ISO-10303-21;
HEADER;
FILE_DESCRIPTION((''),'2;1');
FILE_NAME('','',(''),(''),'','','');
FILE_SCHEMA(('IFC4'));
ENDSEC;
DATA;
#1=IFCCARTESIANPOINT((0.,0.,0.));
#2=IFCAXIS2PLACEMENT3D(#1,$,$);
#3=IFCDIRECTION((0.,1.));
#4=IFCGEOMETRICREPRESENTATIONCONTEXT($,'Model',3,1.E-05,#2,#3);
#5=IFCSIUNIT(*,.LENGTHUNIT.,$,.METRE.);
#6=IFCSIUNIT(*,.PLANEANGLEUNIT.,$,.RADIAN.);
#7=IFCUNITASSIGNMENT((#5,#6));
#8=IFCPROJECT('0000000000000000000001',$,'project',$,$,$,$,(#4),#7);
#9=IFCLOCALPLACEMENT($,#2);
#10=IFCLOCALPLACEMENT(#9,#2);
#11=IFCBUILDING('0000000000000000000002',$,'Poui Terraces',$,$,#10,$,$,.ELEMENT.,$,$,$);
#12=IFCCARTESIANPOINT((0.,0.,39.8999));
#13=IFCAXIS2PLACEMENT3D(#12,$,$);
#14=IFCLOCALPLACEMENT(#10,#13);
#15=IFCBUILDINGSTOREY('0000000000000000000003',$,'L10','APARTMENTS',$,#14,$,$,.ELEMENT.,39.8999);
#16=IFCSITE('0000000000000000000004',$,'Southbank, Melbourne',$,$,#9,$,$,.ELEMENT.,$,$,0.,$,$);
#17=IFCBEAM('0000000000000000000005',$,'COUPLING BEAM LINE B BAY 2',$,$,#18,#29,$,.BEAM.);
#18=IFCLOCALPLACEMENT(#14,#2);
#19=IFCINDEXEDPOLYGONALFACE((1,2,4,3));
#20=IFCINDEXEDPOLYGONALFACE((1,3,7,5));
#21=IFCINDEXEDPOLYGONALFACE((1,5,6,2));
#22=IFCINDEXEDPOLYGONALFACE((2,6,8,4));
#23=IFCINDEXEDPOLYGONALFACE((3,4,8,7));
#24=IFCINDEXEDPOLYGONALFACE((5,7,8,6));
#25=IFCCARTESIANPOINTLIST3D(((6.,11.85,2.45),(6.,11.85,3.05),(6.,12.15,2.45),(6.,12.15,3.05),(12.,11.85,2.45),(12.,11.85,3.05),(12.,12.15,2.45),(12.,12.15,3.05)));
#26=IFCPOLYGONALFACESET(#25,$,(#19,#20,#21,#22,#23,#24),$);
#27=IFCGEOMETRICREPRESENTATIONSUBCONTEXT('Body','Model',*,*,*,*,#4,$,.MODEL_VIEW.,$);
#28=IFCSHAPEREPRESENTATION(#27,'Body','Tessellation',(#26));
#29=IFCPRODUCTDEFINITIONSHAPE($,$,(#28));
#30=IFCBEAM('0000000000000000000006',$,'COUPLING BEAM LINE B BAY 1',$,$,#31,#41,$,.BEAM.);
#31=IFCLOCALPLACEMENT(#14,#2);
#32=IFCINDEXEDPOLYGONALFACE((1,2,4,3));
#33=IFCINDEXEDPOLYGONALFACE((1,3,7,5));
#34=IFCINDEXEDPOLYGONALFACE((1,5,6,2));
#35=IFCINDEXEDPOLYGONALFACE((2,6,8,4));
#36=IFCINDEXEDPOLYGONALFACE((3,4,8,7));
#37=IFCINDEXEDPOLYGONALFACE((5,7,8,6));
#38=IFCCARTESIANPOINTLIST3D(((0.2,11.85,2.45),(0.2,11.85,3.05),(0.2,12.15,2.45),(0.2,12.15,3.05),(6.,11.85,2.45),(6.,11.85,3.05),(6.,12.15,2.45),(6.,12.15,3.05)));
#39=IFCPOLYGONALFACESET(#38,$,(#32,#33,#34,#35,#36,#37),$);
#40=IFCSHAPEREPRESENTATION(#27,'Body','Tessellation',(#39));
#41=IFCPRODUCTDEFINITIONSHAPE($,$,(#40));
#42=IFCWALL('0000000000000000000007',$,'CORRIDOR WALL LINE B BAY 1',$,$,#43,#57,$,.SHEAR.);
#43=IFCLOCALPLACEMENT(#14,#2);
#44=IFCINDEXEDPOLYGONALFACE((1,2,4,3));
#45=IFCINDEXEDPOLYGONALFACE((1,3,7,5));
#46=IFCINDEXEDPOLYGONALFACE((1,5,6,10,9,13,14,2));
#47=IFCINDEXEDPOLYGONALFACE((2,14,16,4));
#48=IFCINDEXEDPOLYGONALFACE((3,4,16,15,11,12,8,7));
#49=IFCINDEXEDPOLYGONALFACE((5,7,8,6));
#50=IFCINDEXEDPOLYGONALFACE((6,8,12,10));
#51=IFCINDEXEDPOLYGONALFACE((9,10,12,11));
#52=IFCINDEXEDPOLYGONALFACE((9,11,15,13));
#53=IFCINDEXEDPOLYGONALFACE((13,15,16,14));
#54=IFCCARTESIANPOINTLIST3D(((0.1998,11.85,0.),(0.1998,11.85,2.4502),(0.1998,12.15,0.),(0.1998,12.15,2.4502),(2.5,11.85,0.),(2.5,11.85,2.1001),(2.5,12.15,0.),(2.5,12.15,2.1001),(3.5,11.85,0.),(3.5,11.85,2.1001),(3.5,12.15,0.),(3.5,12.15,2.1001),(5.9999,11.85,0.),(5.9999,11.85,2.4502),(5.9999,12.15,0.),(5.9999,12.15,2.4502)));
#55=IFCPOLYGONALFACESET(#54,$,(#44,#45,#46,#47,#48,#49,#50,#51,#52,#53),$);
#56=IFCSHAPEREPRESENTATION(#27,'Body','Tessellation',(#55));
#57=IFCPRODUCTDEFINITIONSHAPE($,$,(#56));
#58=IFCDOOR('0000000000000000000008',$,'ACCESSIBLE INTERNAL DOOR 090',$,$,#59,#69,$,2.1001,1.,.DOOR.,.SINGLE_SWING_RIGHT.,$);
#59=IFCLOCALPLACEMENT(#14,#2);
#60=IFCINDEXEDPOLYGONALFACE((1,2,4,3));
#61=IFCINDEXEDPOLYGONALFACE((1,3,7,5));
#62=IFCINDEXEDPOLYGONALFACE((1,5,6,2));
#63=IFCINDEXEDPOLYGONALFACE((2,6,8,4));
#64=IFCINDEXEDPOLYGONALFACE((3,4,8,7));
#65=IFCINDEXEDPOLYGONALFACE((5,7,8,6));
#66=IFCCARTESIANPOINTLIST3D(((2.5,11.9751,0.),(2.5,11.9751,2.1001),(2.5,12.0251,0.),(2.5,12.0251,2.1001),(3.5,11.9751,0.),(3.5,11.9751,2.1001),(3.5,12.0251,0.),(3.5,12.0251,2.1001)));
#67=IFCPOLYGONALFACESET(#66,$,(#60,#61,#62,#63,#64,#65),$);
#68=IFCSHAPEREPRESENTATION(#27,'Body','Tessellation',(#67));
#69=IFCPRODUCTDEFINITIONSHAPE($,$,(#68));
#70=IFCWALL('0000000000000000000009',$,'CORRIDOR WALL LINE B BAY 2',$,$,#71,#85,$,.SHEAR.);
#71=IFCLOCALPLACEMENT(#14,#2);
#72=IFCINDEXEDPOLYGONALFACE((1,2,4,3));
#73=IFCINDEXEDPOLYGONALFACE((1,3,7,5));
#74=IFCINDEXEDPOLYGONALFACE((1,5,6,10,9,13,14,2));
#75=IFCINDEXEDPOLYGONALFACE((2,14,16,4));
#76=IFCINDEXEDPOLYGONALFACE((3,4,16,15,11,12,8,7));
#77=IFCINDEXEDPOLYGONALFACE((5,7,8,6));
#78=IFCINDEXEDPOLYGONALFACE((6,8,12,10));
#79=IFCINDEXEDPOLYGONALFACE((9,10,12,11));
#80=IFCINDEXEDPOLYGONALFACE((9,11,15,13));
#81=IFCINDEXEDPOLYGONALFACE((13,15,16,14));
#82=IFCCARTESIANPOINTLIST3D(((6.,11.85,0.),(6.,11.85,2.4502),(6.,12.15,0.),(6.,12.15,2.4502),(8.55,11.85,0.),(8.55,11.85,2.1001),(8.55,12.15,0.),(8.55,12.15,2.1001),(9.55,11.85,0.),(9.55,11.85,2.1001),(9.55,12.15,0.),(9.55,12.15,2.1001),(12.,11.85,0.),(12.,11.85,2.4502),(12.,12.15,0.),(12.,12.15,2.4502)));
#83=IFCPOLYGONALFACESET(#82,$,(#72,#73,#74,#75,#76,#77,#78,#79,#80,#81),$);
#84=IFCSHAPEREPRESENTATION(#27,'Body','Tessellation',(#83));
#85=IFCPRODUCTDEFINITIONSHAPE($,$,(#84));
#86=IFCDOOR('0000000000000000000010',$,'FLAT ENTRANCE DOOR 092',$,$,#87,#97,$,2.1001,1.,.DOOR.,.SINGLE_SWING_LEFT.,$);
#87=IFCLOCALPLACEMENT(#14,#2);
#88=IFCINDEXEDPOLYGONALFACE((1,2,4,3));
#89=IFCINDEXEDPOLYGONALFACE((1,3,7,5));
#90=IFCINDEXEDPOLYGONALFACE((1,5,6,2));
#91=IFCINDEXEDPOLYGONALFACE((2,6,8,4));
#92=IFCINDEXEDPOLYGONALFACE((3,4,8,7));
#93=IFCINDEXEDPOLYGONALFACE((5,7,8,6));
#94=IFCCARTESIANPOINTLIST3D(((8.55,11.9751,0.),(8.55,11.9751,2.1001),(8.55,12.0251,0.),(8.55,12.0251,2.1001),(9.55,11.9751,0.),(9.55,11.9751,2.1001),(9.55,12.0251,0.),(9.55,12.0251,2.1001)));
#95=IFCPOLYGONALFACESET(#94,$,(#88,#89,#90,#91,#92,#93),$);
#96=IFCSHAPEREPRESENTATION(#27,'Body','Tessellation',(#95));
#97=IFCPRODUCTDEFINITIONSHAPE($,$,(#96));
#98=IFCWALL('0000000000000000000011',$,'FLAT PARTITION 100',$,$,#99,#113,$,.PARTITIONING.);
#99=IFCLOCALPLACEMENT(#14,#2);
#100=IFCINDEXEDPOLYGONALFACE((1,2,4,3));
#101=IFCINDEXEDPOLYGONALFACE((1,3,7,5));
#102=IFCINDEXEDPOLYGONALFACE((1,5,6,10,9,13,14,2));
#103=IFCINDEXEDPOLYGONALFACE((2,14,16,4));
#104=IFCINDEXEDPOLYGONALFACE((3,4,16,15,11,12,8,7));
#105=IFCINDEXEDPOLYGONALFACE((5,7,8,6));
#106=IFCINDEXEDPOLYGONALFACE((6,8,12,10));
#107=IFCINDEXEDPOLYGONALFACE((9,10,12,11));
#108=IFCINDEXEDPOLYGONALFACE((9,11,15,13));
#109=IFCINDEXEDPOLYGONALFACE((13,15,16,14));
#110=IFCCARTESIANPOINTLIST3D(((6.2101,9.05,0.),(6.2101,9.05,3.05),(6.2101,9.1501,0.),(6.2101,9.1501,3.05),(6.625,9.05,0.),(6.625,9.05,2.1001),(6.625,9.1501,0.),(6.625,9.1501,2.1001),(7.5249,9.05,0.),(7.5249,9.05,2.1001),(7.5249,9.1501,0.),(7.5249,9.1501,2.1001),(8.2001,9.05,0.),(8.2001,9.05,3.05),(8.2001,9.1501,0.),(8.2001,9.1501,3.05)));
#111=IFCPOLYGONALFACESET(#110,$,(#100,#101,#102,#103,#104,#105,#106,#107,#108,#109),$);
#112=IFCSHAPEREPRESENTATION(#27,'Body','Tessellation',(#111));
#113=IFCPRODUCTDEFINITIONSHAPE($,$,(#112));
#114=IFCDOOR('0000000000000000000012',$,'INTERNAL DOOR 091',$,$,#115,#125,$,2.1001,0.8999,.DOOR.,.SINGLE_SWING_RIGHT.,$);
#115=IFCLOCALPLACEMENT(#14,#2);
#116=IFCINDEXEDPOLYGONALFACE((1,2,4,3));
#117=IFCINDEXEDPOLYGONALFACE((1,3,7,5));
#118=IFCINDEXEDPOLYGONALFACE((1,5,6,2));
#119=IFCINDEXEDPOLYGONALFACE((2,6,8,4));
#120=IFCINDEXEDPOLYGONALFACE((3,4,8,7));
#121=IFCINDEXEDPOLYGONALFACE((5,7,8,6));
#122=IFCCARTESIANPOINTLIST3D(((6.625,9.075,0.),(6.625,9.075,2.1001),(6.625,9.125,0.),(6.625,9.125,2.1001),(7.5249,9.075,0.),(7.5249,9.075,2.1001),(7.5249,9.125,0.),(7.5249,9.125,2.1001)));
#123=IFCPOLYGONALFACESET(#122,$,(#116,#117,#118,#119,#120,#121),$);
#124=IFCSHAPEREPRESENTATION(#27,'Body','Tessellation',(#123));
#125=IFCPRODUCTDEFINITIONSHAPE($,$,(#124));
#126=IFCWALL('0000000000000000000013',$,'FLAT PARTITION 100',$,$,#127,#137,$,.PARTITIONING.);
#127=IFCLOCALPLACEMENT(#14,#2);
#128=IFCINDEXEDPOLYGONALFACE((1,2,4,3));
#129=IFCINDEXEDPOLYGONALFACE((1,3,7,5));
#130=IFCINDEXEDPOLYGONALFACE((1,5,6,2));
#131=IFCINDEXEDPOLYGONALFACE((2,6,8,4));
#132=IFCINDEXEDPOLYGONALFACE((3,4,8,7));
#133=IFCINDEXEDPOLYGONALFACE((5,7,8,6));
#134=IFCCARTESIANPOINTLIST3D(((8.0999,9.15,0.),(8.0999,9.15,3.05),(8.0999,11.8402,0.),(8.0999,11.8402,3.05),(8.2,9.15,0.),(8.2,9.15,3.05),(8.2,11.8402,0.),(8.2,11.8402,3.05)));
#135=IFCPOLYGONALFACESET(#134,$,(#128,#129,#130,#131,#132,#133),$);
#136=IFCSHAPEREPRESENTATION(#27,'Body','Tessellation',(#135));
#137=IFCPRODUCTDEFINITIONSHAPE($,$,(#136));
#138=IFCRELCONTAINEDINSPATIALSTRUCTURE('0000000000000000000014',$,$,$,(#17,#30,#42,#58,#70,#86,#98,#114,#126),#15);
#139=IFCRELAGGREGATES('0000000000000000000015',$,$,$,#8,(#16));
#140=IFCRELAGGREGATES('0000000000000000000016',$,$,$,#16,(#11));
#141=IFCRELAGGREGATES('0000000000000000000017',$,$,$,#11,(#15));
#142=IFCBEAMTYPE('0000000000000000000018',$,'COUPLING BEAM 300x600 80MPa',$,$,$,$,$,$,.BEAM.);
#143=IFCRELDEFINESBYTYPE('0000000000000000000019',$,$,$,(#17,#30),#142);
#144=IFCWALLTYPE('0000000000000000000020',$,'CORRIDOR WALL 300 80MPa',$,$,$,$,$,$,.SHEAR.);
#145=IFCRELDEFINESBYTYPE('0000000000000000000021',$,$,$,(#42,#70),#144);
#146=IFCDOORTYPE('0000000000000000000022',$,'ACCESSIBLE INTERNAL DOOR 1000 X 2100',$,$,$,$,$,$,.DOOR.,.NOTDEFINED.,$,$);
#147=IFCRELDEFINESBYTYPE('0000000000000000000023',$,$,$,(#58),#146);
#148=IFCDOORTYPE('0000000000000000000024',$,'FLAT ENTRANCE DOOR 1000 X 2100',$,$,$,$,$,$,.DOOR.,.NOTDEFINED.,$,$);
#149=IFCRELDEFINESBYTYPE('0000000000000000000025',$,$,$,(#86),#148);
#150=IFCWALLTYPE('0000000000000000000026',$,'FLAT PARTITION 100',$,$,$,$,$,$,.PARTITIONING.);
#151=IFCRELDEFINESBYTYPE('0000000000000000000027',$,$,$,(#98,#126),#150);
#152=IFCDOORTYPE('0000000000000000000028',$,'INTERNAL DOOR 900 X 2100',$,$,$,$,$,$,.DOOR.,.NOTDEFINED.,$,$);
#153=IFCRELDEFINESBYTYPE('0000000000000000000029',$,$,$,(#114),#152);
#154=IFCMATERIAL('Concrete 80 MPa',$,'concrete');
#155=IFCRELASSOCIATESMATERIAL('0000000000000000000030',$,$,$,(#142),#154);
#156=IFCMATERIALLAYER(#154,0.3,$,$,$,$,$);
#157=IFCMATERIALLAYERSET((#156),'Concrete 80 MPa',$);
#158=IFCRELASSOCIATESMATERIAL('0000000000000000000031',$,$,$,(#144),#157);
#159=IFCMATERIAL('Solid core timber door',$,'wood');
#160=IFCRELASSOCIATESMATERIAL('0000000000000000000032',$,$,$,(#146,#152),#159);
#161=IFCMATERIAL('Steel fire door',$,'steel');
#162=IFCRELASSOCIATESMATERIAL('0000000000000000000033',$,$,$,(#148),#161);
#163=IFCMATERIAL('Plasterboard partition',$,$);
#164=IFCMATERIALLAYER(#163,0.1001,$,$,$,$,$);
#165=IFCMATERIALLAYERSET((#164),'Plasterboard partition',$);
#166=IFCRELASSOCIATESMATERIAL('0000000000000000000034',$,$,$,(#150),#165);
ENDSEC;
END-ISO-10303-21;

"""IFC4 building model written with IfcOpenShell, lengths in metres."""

from ifc_helpers import new_model, si_unit, direction, frame, frame_2d, origin, origin_2d, place, context, subcontext, project, spatial, rectangle, extrude, source, transform, mapped, material, layer, layer_set, material_profile, profile_set, type_object, element, fill, save


model = new_model("IFC4")

# Units and contexts
model_context = context("Model", 3, precision=1e-05, world=origin(), true_north=direction((0.0, 1.0)))
body_context = subcontext(model_context, "Body", "Model", "MODEL_VIEW")
ifc_project = project(units=[si_unit("LENGTHUNIT", "METRE"), si_unit("PLANEANGLEUNIT", "RADIAN")], contexts=[model_context])

# Site, building, storey
site_placement = place(None, origin())
site = spatial("IfcSite", under=ifc_project, at=site_placement, Name="Southbank, Melbourne", CompositionType="ELEMENT", RefElevation=0.0)
building_placement = place(site_placement, origin())
building = spatial("IfcBuilding", under=site, at=building_placement, Name="Poui Terraces", CompositionType="ELEMENT")
storey_placement = place(building_placement, frame((0.0, 0.0, 39.8999)))
storey = spatial("IfcBuildingStorey", under=building, at=storey_placement, Name="L10", Description="APARTMENTS", CompositionType="ELEMENT", Elevation=39.8999)

# Beams
ifc_material_1 = material(Name="Concrete 80 MPa", Category="concrete")
ifc_material_profile = material_profile(ifc_material_1, rectangle(XDim=0.3, YDim=0.6001, at=origin_2d()), Name="RC 300x600")
ifc_profile_set = profile_set([ifc_material_profile], Name="Concrete 80 MPa")
beam_type = type_object("IfcBeamType", Name="COUPLING BEAM 300x600 80MPa", PredefinedType="BEAM", material=ifc_profile_set)
shared_shape_1 = source(origin(), body_context, "Body", "SweptSolid", [
    extrude(rectangle(XDim=0.3, YDim=0.6001, at=origin_2d()), origin(), (0.0, 0.0, 1.0), 6.0),
])
beam_1_placement = place(storey_placement, frame((6.0, 12.0, 2.75), z_axis=(1.0, 0.0, 0.0), x_axis=(0.0, 1.0, 0.0)))
element("IfcBeam", 1, at=beam_1_placement, inside=storey, type_object=beam_type, Name="COUPLING BEAM LINE B BAY 2", PredefinedType="BEAM", context=body_context, shape_type="MappedRepresentation", body=[
    mapped(shared_shape_1, transform((0.0, 0.0, 0.0))),
])
shared_shape_2 = source(origin(), body_context, "Body", "SweptSolid", [
    extrude(rectangle(XDim=0.3, YDim=0.6001, at=origin_2d()), origin(), (0.0, 0.0, 1.0), 5.8),
])
beam_2_placement = place(storey_placement, frame((0.2, 12.0, 2.75), z_axis=(1.0, 0.0, 0.0), x_axis=(0.0, 1.0, 0.0)))
element("IfcBeam", 2, at=beam_2_placement, inside=storey, type_object=beam_type, Name="COUPLING BEAM LINE B BAY 1", PredefinedType="BEAM", context=body_context, shape_type="MappedRepresentation", body=[
    mapped(shared_shape_2, transform((0.0, 0.0, 0.0))),
])

# Walls, openings, doors
ifc_layer_1 = layer(ifc_material_1, 0.3)
ifc_layer_set_1 = layer_set([ifc_layer_1], Name="Concrete 80 MPa")
wall_type_1 = type_object("IfcWallType", Name="CORRIDOR WALL 300 80MPa", PredefinedType="SHEAR", material=ifc_layer_set_1)
wall_1_placement = place(storey_placement, frame((0.2, 12.0, 0.0), z_axis=(0.0, 0.0, 1.0), x_axis=(1.0, 0.0, 0.0)))
wall_1 = element("IfcWall", 3, at=wall_1_placement, inside=storey, type_object=wall_type_1, Name="CORRIDOR WALL LINE B BAY 1", PredefinedType="SHEAR", context=body_context, shape_type="SweptSolid", body=[
    extrude(rectangle(XDim=5.8, YDim=0.3, at=frame_2d((2.8999, 0.0))), origin(), (0.0, 0.0, 1.0), 2.4502),
])
opening_1_placement = place(wall_1_placement, frame((2.3, 0.0, 0.0)))
opening_1 = element("IfcOpeningElement", 4, at=opening_1_placement, cuts=wall_1, PredefinedType="OPENING", context=body_context, shape_type="SweptSolid", body=[
    extrude(rectangle(XDim=1.0, YDim=2.1001, at=frame_2d((0.5, 1.05))), frame((0.0, 0.1602, 0.0), z_axis=(0.0, -1.0, 0.0), x_axis=(1.0, 0.0, 0.0)), (0.0, 0.0, 1.0), 0.3201),
])
ifc_material_2 = material(Name="Solid core timber door", Category="wood")
door_type_1 = type_object("IfcDoorType", Name="ACCESSIBLE INTERNAL DOOR 1000 X 2100", OperationType="NOTDEFINED", PredefinedType="DOOR", material=ifc_material_2)
door_1_placement = place(opening_1_placement, frame((1.0, 0.0, 0.0), z_axis=(0.0, 0.0, 1.0), x_axis=(-1.0, 0.0, 0.0)))
door_1 = element("IfcDoor", 5, at=door_1_placement, inside=storey, type_object=door_type_1, Name="ACCESSIBLE INTERNAL DOOR 090", OperationType="SINGLE_SWING_RIGHT", OverallHeight=2.1001, OverallWidth=1.0, PredefinedType="DOOR", context=body_context, shape_type="SweptSolid", body=[
    extrude(rectangle(XDim=1.0, YDim=2.1001, at=frame_2d((0.5, 1.05))), frame((0.0, 0.0249, 0.0), z_axis=(0.0, -1.0, 0.0), x_axis=(1.0, 0.0, 0.0)), (0.0, 0.0, 1.0), 0.05),
])
fill(opening_1, door_1)
wall_2_placement = place(storey_placement, frame((6.0, 12.0, 0.0), z_axis=(0.0, 0.0, 1.0), x_axis=(1.0, 0.0, 0.0)))
wall_2 = element("IfcWall", 6, at=wall_2_placement, inside=storey, type_object=wall_type_1, Name="CORRIDOR WALL LINE B BAY 2", PredefinedType="SHEAR", context=body_context, shape_type="SweptSolid", body=[
    extrude(rectangle(XDim=6.0, YDim=0.3, at=frame_2d((3.0, 0.0))), origin(), (0.0, 0.0, 1.0), 2.4502),
])
opening_2_placement = place(wall_2_placement, frame((2.55, 0.0, 0.0)))
opening_2 = element("IfcOpeningElement", 7, at=opening_2_placement, cuts=wall_2, PredefinedType="OPENING", context=body_context, shape_type="SweptSolid", body=[
    extrude(rectangle(XDim=1.0, YDim=2.1001, at=frame_2d((0.5, 1.05))), frame((0.0, 0.1602, 0.0), z_axis=(0.0, -1.0, 0.0), x_axis=(1.0, 0.0, 0.0)), (0.0, 0.0, 1.0), 0.3201),
])
ifc_material_3 = material(Name="Steel fire door", Category="steel")
door_type_2 = type_object("IfcDoorType", Name="FLAT ENTRANCE DOOR 1000 X 2100", OperationType="NOTDEFINED", PredefinedType="DOOR", material=ifc_material_3)
door_2_placement = place(opening_2_placement, frame((1.0, 0.0, 0.0), z_axis=(0.0, 0.0, 1.0), x_axis=(-1.0, 0.0, 0.0)))
door_2 = element("IfcDoor", 8, at=door_2_placement, inside=storey, type_object=door_type_2, Name="FLAT ENTRANCE DOOR 092", OperationType="SINGLE_SWING_LEFT", OverallHeight=2.1001, OverallWidth=1.0, PredefinedType="DOOR", context=body_context, shape_type="SweptSolid", body=[
    extrude(rectangle(XDim=1.0, YDim=2.1001, at=frame_2d((0.5, 1.05))), frame((0.0, 0.0249, 0.0), z_axis=(0.0, -1.0, 0.0), x_axis=(1.0, 0.0, 0.0)), (0.0, 0.0, 1.0), 0.05),
])
fill(opening_2, door_2)
ifc_material_4 = material(Name="Plasterboard partition")
ifc_layer_2 = layer(ifc_material_4, 0.1001)
ifc_layer_set_2 = layer_set([ifc_layer_2], Name="Plasterboard partition")
wall_type_2 = type_object("IfcWallType", Name="FLAT PARTITION 100", PredefinedType="PARTITIONING", material=ifc_layer_set_2)
wall_3_placement = place(storey_placement, frame((6.21, 9.1001, 0.0), z_axis=(0.0, 0.0, 1.0), x_axis=(1.0, 0.0, 0.0)))
wall_3 = element("IfcWall", 9, at=wall_3_placement, inside=storey, type_object=wall_type_2, Name="FLAT PARTITION 100", PredefinedType="PARTITIONING", context=body_context, shape_type="SweptSolid", body=[
    extrude(rectangle(XDim=1.99, YDim=0.1001, at=frame_2d((0.9951, 0.0))), origin(), (0.0, 0.0, 1.0), 3.05),
])
opening_3_placement = place(wall_3_placement, frame((0.415, 0.0, 0.0)))
opening_3 = element("IfcOpeningElement", 10, at=opening_3_placement, cuts=wall_3, PredefinedType="OPENING", context=body_context, shape_type="SweptSolid", body=[
    extrude(rectangle(XDim=0.8999, YDim=2.1001, at=frame_2d((0.45, 1.05))), frame((0.0, 0.0601, 0.0), z_axis=(0.0, -1.0, 0.0), x_axis=(1.0, 0.0, 0.0)), (0.0, 0.0, 1.0), 0.1201),
])
door_type_3 = type_object("IfcDoorType", Name="INTERNAL DOOR 900 X 2100", OperationType="NOTDEFINED", PredefinedType="DOOR", material=ifc_material_2)
door_3_placement = place(opening_3_placement, origin())
door_3 = element("IfcDoor", 11, at=door_3_placement, inside=storey, type_object=door_type_3, Name="INTERNAL DOOR 091", OperationType="SINGLE_SWING_RIGHT", OverallHeight=2.1001, OverallWidth=0.8999, PredefinedType="DOOR", context=body_context, shape_type="SweptSolid", body=[
    extrude(rectangle(XDim=0.8999, YDim=2.1001, at=frame_2d((0.45, 1.05))), frame((0.0, 0.0249, 0.0), z_axis=(0.0, -1.0, 0.0), x_axis=(1.0, 0.0, 0.0)), (0.0, 0.0, 1.0), 0.05),
])
fill(opening_3, door_3)

# Wall
wall_4_placement = place(storey_placement, frame((8.1499, 9.1499, 0.0), z_axis=(0.0, 0.0, 1.0), x_axis=(0.0, 1.0, 0.0)))
element("IfcWall", 12, at=wall_4_placement, inside=storey, type_object=wall_type_2, Name="FLAT PARTITION 100", PredefinedType="PARTITIONING", context=body_context, shape_type="SweptSolid", body=[
    extrude(rectangle(XDim=2.6902, YDim=0.1001, at=frame_2d((1.3452, 0.0))), origin(), (0.0, 0.0, 1.0), 3.05),
])

save(model, "model.ifc")
